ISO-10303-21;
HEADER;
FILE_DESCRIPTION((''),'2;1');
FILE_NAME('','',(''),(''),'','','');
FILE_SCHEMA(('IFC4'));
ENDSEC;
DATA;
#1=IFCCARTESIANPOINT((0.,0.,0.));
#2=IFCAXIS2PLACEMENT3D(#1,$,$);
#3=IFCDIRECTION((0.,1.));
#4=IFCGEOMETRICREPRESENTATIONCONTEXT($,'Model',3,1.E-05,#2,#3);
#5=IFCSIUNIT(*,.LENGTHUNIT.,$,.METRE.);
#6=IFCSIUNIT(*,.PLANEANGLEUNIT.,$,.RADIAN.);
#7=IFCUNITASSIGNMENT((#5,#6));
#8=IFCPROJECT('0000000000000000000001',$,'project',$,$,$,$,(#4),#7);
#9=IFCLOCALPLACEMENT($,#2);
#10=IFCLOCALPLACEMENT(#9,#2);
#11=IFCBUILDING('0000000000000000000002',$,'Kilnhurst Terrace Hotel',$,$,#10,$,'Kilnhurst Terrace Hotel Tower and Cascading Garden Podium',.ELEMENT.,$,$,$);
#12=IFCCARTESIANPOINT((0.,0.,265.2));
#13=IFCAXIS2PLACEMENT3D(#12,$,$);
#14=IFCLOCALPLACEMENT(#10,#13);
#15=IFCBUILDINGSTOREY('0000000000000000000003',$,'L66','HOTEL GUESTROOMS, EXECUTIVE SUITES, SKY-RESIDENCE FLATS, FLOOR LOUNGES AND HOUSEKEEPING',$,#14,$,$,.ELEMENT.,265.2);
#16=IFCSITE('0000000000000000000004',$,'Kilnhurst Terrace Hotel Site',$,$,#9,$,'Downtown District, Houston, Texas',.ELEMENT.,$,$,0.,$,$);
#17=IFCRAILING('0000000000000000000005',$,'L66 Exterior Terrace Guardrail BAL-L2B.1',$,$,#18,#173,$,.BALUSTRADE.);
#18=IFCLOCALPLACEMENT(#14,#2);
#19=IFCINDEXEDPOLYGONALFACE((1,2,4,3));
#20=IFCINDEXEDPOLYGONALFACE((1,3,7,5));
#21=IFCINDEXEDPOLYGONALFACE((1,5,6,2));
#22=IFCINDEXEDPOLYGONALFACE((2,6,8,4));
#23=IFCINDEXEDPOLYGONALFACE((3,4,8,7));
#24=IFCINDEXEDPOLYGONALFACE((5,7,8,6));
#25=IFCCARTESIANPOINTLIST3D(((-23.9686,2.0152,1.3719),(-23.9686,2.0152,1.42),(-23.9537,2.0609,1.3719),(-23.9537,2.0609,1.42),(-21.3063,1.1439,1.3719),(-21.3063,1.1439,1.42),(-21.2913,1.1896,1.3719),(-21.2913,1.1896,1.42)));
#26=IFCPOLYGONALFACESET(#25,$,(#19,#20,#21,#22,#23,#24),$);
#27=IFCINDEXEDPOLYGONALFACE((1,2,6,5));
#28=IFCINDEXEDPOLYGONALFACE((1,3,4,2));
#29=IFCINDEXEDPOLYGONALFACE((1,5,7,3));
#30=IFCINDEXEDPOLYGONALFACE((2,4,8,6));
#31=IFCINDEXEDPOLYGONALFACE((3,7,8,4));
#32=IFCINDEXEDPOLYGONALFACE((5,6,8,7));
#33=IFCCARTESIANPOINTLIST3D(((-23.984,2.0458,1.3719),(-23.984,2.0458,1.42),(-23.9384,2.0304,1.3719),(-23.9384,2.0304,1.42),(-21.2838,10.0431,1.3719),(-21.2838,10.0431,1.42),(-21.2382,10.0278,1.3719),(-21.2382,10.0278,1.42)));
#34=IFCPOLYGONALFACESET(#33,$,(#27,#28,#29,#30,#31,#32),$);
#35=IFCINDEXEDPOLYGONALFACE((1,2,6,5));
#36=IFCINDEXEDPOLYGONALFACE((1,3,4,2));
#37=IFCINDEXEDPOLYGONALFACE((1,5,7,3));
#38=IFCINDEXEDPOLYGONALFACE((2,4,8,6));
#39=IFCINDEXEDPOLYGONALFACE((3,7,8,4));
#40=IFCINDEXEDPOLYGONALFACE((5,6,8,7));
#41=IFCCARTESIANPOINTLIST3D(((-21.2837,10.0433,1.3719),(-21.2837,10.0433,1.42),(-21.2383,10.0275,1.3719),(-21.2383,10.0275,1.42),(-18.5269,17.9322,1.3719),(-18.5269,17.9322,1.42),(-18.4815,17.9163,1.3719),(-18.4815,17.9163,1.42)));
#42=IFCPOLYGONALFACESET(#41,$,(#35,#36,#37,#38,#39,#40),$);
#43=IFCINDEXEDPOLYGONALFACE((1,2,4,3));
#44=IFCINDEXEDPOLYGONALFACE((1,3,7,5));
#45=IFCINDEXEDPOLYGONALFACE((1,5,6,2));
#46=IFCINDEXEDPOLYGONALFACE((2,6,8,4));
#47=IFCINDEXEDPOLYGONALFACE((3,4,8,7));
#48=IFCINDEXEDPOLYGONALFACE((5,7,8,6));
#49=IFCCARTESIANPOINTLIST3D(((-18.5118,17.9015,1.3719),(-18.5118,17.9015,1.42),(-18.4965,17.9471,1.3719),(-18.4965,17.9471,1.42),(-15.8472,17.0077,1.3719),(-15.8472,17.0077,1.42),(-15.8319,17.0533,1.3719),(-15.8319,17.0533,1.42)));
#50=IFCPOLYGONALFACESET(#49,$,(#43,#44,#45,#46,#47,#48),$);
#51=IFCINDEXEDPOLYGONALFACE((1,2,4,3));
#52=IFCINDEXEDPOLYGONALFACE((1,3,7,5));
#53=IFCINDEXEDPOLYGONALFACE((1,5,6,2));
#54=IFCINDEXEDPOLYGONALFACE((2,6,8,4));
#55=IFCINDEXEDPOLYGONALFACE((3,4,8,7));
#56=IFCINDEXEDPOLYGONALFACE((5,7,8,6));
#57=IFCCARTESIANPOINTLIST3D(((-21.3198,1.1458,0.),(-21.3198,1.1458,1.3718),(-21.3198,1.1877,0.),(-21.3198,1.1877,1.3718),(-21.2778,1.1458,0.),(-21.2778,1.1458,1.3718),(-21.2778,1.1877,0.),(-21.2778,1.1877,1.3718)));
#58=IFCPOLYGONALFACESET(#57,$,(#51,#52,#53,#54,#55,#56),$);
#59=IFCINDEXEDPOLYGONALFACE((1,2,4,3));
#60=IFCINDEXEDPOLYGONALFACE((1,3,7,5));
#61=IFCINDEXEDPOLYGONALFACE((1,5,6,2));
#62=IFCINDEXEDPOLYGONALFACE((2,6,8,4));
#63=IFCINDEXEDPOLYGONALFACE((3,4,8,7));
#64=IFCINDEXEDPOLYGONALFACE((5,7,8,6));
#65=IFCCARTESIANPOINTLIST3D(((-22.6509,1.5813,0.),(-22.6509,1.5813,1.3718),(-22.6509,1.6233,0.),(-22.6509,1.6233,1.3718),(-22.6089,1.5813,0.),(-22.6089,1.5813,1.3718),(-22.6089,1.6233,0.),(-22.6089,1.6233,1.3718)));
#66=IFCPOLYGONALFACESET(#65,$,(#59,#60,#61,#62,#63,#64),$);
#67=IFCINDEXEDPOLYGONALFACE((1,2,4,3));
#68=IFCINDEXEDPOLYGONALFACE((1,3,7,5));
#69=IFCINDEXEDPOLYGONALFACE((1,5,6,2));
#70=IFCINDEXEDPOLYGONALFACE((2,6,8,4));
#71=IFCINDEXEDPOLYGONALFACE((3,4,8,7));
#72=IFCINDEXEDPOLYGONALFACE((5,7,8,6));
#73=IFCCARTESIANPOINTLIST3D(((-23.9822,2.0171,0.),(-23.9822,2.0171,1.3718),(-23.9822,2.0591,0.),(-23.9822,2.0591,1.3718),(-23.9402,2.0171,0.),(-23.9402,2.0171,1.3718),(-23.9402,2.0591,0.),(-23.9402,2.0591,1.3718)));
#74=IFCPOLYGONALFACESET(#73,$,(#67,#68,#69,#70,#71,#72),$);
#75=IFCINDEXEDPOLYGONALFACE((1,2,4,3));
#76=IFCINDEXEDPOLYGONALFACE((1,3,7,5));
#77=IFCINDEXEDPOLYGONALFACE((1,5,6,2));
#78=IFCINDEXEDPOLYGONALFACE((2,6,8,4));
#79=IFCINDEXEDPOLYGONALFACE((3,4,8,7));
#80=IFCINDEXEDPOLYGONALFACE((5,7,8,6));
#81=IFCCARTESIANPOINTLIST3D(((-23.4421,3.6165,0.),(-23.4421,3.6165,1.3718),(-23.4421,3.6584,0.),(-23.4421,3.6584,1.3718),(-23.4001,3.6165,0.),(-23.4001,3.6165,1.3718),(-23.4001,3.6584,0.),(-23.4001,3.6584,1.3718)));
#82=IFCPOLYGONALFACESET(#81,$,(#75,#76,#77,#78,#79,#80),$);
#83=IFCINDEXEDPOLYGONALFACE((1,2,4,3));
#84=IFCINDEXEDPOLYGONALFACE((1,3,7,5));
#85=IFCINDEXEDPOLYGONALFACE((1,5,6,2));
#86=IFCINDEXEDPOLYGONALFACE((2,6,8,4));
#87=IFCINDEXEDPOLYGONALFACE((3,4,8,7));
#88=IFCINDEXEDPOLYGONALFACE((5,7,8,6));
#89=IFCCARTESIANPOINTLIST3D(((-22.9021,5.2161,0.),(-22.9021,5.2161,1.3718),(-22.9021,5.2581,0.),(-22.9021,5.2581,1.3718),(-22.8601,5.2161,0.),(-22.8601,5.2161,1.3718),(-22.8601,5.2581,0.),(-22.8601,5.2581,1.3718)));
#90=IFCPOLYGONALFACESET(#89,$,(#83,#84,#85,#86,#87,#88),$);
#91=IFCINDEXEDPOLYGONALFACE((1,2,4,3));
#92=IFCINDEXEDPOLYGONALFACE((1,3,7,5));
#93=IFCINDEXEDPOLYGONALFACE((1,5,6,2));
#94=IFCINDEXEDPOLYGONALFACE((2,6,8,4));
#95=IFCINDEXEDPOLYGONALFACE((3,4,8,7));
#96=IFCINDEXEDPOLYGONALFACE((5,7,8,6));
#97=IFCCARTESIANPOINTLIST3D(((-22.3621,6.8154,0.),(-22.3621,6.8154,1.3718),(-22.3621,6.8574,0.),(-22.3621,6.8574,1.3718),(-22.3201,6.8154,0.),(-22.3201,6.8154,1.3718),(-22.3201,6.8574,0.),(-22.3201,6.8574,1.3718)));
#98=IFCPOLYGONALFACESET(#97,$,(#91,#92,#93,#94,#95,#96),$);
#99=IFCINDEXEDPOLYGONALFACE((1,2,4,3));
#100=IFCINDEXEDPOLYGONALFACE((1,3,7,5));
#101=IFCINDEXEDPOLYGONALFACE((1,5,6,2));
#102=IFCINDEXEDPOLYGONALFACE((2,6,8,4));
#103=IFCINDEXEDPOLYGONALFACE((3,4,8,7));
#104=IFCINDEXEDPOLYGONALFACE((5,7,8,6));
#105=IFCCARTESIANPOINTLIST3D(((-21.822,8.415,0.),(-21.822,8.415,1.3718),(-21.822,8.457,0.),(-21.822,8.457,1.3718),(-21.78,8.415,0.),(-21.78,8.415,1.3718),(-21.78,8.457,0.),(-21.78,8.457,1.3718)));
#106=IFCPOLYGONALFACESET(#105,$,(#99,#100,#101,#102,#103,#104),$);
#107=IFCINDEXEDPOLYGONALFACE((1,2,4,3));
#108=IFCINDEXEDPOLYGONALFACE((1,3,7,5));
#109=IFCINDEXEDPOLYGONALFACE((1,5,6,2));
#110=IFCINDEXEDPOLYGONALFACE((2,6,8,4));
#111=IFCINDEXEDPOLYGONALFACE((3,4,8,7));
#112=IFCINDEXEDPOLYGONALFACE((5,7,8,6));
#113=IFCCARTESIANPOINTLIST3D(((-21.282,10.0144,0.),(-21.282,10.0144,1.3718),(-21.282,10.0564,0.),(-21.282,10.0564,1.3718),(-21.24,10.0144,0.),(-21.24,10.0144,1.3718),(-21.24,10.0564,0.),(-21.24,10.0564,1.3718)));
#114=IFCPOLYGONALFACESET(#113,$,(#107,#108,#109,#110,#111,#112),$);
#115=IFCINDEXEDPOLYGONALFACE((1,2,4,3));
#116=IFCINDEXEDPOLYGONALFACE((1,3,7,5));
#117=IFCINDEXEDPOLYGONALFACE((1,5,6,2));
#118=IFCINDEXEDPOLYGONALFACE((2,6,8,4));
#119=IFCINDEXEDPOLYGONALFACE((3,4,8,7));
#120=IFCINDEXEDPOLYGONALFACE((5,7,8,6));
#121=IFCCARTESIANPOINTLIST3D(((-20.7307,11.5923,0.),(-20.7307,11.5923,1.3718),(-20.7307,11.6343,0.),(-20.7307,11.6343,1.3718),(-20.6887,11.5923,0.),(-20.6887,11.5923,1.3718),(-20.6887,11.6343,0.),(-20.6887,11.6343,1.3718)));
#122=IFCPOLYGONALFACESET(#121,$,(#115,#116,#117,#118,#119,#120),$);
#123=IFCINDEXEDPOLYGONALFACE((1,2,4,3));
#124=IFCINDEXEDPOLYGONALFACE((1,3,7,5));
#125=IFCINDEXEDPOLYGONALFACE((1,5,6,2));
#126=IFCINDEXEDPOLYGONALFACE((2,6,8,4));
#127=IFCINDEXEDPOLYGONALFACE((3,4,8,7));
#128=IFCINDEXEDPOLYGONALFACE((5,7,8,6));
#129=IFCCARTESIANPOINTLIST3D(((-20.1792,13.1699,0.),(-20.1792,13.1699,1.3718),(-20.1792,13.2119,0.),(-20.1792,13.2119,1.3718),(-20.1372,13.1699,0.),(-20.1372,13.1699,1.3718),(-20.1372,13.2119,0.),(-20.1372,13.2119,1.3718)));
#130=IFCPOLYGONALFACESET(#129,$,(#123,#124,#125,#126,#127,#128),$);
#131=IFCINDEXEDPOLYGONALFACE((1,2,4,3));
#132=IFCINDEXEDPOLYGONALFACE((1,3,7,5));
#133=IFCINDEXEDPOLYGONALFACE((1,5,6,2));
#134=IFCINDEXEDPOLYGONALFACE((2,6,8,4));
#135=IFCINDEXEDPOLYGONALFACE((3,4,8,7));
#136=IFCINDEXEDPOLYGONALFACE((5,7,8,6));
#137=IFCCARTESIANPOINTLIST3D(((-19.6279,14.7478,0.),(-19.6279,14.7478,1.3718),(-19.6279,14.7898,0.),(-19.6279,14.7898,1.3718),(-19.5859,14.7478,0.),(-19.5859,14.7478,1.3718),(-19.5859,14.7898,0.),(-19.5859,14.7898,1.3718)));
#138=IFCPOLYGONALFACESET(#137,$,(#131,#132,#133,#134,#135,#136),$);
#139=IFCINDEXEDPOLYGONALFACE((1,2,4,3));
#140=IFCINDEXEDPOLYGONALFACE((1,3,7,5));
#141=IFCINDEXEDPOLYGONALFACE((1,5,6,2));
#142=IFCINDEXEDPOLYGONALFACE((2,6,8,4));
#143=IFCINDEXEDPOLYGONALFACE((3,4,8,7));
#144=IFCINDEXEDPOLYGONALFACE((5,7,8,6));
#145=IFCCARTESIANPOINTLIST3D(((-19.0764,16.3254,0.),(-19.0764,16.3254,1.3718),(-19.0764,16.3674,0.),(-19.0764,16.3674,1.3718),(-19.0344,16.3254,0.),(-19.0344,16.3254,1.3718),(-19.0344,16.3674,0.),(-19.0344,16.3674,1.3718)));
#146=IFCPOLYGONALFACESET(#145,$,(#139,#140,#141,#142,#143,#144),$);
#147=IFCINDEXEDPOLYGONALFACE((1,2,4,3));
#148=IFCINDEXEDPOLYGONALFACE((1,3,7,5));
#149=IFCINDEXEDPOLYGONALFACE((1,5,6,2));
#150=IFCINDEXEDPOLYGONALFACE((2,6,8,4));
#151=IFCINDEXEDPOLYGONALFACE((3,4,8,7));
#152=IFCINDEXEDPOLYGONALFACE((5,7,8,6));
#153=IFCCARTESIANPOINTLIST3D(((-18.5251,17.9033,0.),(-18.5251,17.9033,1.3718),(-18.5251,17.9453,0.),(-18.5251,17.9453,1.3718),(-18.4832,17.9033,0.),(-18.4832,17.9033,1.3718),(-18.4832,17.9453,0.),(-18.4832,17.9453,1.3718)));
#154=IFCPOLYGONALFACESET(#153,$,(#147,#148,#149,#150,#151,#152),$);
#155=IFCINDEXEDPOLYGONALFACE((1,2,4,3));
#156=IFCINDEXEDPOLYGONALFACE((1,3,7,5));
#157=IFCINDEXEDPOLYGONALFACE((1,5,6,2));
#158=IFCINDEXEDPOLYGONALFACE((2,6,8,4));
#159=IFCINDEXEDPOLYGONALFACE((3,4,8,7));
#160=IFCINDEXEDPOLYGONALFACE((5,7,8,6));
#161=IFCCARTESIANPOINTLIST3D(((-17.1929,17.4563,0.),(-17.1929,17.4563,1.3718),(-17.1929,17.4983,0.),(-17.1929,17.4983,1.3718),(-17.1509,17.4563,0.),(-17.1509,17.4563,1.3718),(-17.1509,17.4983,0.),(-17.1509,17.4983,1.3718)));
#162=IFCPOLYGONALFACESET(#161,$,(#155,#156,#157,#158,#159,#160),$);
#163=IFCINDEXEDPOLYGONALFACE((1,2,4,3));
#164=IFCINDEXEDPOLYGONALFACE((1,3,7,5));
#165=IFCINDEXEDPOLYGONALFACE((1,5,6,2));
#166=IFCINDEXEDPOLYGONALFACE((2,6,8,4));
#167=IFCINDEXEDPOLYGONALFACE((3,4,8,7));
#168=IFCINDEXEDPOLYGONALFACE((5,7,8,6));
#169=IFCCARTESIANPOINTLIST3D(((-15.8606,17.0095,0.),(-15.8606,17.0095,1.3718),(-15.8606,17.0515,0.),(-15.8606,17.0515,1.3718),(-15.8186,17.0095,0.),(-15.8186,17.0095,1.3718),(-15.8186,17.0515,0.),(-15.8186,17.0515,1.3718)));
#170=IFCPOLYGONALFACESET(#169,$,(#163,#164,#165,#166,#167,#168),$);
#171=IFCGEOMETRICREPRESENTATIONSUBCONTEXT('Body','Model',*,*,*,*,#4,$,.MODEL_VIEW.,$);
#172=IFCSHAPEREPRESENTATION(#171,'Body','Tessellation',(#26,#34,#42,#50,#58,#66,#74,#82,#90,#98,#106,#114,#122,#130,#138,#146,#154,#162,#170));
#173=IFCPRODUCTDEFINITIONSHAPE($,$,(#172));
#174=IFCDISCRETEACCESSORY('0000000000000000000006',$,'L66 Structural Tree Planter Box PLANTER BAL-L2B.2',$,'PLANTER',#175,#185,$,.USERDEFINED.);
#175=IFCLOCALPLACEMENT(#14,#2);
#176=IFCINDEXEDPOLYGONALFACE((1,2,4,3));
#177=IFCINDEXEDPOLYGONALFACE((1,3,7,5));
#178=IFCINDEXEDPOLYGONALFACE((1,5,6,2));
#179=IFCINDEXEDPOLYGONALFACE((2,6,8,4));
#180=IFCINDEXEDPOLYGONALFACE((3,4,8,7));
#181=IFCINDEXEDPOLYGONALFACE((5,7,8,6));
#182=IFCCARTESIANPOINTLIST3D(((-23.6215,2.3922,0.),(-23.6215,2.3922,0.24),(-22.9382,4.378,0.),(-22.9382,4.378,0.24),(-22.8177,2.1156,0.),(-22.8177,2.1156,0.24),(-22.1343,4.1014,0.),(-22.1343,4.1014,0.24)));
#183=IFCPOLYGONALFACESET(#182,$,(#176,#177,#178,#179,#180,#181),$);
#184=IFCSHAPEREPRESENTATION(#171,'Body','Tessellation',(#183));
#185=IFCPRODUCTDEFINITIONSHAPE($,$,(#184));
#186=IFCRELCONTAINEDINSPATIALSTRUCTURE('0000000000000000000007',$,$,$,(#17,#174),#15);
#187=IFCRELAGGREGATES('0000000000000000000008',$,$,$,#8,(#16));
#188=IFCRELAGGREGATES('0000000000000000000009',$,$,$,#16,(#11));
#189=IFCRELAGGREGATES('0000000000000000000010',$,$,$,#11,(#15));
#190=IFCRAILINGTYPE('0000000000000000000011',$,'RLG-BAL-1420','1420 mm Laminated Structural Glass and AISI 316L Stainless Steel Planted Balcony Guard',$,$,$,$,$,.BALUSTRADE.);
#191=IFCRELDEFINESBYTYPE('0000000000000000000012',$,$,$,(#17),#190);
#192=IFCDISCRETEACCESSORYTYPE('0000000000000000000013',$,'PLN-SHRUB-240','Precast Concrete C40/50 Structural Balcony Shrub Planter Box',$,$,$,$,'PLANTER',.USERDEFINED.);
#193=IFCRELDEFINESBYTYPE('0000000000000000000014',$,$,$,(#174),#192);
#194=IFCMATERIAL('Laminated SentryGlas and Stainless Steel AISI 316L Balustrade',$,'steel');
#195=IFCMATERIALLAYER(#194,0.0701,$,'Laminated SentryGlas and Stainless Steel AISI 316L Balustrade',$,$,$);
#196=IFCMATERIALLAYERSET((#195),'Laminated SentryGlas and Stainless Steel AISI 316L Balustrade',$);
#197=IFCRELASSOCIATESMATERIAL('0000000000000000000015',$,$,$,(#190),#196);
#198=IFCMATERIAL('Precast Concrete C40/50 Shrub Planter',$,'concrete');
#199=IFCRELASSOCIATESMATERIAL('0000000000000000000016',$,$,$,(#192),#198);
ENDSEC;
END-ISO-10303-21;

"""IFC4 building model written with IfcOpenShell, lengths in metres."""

from ifc_helpers import new_model, si_unit, direction, frame, origin, origin_2d, place, context, subcontext, project, spatial, rectangle, extrude, material, layer, layer_set, type_object, element, save


model = new_model("IFC4")

# Units and contexts
model_context = context("Model", 3, precision=1e-05, world=origin(), true_north=direction((0.0, 1.0)))
body_context = subcontext(model_context, "Body", "Model", "MODEL_VIEW")
ifc_project = project(units=[si_unit("LENGTHUNIT", "METRE"), si_unit("PLANEANGLEUNIT", "RADIAN")], contexts=[model_context])

# Site, building, storey
site_placement = place(None, origin())
site = spatial("IfcSite", under=ifc_project, at=site_placement, Name="Kilnhurst Terrace Hotel Site", LongName="Downtown District, Houston, Texas", CompositionType="ELEMENT", RefElevation=0.0)
building_placement = place(site_placement, origin())
building = spatial("IfcBuilding", under=site, at=building_placement, Name="Kilnhurst Terrace Hotel", LongName="Kilnhurst Terrace Hotel Tower and Cascading Garden Podium", CompositionType="ELEMENT")
storey_placement = place(building_placement, frame((0.0, 0.0, 265.2)))
storey = spatial("IfcBuildingStorey", under=building, at=storey_placement, Name="L66", Description="HOTEL GUESTROOMS, EXECUTIVE SUITES, SKY-RESIDENCE FLATS, FLOOR LOUNGES AND HOUSEKEEPING", CompositionType="ELEMENT", Elevation=265.2)

# Railing
ifc_material_1 = material(Name="Laminated SentryGlas and Stainless Steel AISI 316L Balustrade", Category="steel")
ifc_layer_1 = layer(ifc_material_1, 0.0701, Name="Laminated SentryGlas and Stainless Steel AISI 316L Balustrade")
ifc_layer_set_1 = layer_set([ifc_layer_1], Name="Laminated SentryGlas and Stainless Steel AISI 316L Balustrade")
railing_type = type_object("IfcRailingType", Name="RLG-BAL-1420", Description="1420 mm Laminated Structural Glass and AISI 316L Stainless Steel Planted Balcony Guard", PredefinedType="BALUSTRADE", material=ifc_layer_set_1)
railing_placement = place(storey_placement, frame((-21.2988, 1.1667, 0.0)))
element("IfcRailing", 1, at=railing_placement, inside=storey, type_object=railing_type, Name="L66 Exterior Terrace Guardrail BAL-L2B.1", PredefinedType="BALUSTRADE", context=body_context, shape_type="SweptSolid", body=[
    extrude(rectangle(XDim=0.0481, YDim=0.0481, at=origin_2d()), frame((0.0, 0.0, 1.396), z_axis=(-0.950395, 0.311046, 0.0), x_axis=(-0.311046, -0.950395, 0.0)), (0.0, 0.0, 1.0), 2.8013),
    extrude(rectangle(XDim=0.0481, YDim=0.0481, at=origin_2d()), frame((-2.6624, 0.8713, 1.396), z_axis=(0.319896, 0.947453, 0.0), x_axis=(-0.947453, 0.319896, 0.0)), (0.0, 0.0, 1.0), 8.4409),
    extrude(rectangle(XDim=0.0481, YDim=0.0481, at=origin_2d()), frame((0.0378, 8.8687, 1.396), z_axis=(0.329894, 0.944018, 0.0), x_axis=(-0.944018, 0.329894, 0.0)), (0.0, 0.0, 1.0), 8.3567),
    extrude(rectangle(XDim=0.0481, YDim=0.0481, at=origin_2d()), frame((2.7947, 16.7576, 1.396), z_axis=(0.948082, -0.318025, 0.0), x_axis=(0.318025, 0.948082, 0.0)), (0.0, 0.0, 1.0), 2.8105),
    extrude(rectangle(XDim=0.042, YDim=0.042, at=origin_2d()), origin(), (0.0, 0.0, 1.0), 1.3718),
    extrude(rectangle(XDim=0.042, YDim=0.042, at=origin_2d()), frame((-1.3311, 0.4355, 0.0)), (0.0, 0.0, 1.0), 1.3718),
    extrude(rectangle(XDim=0.042, YDim=0.042, at=origin_2d()), frame((-2.6624, 0.8713, 0.0)), (0.0, 0.0, 1.0), 1.3718),
    extrude(rectangle(XDim=0.042, YDim=0.042, at=origin_2d()), frame((-2.1223, 2.4707, 0.0)), (0.0, 0.0, 1.0), 1.3718),
    extrude(rectangle(XDim=0.042, YDim=0.042, at=origin_2d()), frame((-1.5823, 4.0703, 0.0)), (0.0, 0.0, 1.0), 1.3718),
    extrude(rectangle(XDim=0.042, YDim=0.042, at=origin_2d()), frame((-1.0422, 5.6697, 0.0)), (0.0, 0.0, 1.0), 1.3718),
    extrude(rectangle(XDim=0.042, YDim=0.042, at=origin_2d()), frame((-0.5022, 7.2693, 0.0)), (0.0, 0.0, 1.0), 1.3718),
    extrude(rectangle(XDim=0.042, YDim=0.042, at=origin_2d()), frame((0.0378, 8.8687, 0.0)), (0.0, 0.0, 1.0), 1.3718),
    extrude(rectangle(XDim=0.042, YDim=0.042, at=origin_2d()), frame((0.5891, 10.4465, 0.0)), (0.0, 0.0, 1.0), 1.3718),
    extrude(rectangle(XDim=0.042, YDim=0.042, at=origin_2d()), frame((1.1406, 12.0242, 0.0)), (0.0, 0.0, 1.0), 1.3718),
    extrude(rectangle(XDim=0.042, YDim=0.042, at=origin_2d()), frame((1.6919, 13.6021, 0.0)), (0.0, 0.0, 1.0), 1.3718),
    extrude(rectangle(XDim=0.042, YDim=0.042, at=origin_2d()), frame((2.2434, 15.1797, 0.0)), (0.0, 0.0, 1.0), 1.3718),
    extrude(rectangle(XDim=0.042, YDim=0.042, at=origin_2d()), frame((2.7947, 16.7576, 0.0)), (0.0, 0.0, 1.0), 1.3718),
    extrude(rectangle(XDim=0.042, YDim=0.042, at=origin_2d()), frame((4.127, 16.3105, 0.0)), (0.0, 0.0, 1.0), 1.3718),
    extrude(rectangle(XDim=0.042, YDim=0.042, at=origin_2d()), frame((5.4592, 15.8638, 0.0)), (0.0, 0.0, 1.0), 1.3718),
])

# Discrete accessory
ifc_material_2 = material(Name="Precast Concrete C40/50 Shrub Planter", Category="concrete")
discrete_accessory_type = type_object("IfcDiscreteAccessoryType", Name="PLN-SHRUB-240", Description="Precast Concrete C40/50 Structural Balcony Shrub Planter Box", ElementType="PLANTER", PredefinedType="USERDEFINED", material=ifc_material_2)
discrete_accessory_placement = place(storey_placement, frame((-22.8779, 3.2468, 0.0), z_axis=(0.0, 0.0, 1.0), x_axis=(-0.325403, -0.945575, 0.0)))
element("IfcDiscreteAccessory", 2, at=discrete_accessory_placement, inside=storey, type_object=discrete_accessory_type, Name="L66 Structural Tree Planter Box PLANTER BAL-L2B.2", ObjectType="PLANTER", PredefinedType="USERDEFINED", context=body_context, shape_type="SweptSolid", body=[
    extrude(rectangle(XDim=2.1001, YDim=0.8501, at=origin_2d()), origin(), (0.0, 0.0, 1.0), 0.24),
])

save(model, "model.ifc")
